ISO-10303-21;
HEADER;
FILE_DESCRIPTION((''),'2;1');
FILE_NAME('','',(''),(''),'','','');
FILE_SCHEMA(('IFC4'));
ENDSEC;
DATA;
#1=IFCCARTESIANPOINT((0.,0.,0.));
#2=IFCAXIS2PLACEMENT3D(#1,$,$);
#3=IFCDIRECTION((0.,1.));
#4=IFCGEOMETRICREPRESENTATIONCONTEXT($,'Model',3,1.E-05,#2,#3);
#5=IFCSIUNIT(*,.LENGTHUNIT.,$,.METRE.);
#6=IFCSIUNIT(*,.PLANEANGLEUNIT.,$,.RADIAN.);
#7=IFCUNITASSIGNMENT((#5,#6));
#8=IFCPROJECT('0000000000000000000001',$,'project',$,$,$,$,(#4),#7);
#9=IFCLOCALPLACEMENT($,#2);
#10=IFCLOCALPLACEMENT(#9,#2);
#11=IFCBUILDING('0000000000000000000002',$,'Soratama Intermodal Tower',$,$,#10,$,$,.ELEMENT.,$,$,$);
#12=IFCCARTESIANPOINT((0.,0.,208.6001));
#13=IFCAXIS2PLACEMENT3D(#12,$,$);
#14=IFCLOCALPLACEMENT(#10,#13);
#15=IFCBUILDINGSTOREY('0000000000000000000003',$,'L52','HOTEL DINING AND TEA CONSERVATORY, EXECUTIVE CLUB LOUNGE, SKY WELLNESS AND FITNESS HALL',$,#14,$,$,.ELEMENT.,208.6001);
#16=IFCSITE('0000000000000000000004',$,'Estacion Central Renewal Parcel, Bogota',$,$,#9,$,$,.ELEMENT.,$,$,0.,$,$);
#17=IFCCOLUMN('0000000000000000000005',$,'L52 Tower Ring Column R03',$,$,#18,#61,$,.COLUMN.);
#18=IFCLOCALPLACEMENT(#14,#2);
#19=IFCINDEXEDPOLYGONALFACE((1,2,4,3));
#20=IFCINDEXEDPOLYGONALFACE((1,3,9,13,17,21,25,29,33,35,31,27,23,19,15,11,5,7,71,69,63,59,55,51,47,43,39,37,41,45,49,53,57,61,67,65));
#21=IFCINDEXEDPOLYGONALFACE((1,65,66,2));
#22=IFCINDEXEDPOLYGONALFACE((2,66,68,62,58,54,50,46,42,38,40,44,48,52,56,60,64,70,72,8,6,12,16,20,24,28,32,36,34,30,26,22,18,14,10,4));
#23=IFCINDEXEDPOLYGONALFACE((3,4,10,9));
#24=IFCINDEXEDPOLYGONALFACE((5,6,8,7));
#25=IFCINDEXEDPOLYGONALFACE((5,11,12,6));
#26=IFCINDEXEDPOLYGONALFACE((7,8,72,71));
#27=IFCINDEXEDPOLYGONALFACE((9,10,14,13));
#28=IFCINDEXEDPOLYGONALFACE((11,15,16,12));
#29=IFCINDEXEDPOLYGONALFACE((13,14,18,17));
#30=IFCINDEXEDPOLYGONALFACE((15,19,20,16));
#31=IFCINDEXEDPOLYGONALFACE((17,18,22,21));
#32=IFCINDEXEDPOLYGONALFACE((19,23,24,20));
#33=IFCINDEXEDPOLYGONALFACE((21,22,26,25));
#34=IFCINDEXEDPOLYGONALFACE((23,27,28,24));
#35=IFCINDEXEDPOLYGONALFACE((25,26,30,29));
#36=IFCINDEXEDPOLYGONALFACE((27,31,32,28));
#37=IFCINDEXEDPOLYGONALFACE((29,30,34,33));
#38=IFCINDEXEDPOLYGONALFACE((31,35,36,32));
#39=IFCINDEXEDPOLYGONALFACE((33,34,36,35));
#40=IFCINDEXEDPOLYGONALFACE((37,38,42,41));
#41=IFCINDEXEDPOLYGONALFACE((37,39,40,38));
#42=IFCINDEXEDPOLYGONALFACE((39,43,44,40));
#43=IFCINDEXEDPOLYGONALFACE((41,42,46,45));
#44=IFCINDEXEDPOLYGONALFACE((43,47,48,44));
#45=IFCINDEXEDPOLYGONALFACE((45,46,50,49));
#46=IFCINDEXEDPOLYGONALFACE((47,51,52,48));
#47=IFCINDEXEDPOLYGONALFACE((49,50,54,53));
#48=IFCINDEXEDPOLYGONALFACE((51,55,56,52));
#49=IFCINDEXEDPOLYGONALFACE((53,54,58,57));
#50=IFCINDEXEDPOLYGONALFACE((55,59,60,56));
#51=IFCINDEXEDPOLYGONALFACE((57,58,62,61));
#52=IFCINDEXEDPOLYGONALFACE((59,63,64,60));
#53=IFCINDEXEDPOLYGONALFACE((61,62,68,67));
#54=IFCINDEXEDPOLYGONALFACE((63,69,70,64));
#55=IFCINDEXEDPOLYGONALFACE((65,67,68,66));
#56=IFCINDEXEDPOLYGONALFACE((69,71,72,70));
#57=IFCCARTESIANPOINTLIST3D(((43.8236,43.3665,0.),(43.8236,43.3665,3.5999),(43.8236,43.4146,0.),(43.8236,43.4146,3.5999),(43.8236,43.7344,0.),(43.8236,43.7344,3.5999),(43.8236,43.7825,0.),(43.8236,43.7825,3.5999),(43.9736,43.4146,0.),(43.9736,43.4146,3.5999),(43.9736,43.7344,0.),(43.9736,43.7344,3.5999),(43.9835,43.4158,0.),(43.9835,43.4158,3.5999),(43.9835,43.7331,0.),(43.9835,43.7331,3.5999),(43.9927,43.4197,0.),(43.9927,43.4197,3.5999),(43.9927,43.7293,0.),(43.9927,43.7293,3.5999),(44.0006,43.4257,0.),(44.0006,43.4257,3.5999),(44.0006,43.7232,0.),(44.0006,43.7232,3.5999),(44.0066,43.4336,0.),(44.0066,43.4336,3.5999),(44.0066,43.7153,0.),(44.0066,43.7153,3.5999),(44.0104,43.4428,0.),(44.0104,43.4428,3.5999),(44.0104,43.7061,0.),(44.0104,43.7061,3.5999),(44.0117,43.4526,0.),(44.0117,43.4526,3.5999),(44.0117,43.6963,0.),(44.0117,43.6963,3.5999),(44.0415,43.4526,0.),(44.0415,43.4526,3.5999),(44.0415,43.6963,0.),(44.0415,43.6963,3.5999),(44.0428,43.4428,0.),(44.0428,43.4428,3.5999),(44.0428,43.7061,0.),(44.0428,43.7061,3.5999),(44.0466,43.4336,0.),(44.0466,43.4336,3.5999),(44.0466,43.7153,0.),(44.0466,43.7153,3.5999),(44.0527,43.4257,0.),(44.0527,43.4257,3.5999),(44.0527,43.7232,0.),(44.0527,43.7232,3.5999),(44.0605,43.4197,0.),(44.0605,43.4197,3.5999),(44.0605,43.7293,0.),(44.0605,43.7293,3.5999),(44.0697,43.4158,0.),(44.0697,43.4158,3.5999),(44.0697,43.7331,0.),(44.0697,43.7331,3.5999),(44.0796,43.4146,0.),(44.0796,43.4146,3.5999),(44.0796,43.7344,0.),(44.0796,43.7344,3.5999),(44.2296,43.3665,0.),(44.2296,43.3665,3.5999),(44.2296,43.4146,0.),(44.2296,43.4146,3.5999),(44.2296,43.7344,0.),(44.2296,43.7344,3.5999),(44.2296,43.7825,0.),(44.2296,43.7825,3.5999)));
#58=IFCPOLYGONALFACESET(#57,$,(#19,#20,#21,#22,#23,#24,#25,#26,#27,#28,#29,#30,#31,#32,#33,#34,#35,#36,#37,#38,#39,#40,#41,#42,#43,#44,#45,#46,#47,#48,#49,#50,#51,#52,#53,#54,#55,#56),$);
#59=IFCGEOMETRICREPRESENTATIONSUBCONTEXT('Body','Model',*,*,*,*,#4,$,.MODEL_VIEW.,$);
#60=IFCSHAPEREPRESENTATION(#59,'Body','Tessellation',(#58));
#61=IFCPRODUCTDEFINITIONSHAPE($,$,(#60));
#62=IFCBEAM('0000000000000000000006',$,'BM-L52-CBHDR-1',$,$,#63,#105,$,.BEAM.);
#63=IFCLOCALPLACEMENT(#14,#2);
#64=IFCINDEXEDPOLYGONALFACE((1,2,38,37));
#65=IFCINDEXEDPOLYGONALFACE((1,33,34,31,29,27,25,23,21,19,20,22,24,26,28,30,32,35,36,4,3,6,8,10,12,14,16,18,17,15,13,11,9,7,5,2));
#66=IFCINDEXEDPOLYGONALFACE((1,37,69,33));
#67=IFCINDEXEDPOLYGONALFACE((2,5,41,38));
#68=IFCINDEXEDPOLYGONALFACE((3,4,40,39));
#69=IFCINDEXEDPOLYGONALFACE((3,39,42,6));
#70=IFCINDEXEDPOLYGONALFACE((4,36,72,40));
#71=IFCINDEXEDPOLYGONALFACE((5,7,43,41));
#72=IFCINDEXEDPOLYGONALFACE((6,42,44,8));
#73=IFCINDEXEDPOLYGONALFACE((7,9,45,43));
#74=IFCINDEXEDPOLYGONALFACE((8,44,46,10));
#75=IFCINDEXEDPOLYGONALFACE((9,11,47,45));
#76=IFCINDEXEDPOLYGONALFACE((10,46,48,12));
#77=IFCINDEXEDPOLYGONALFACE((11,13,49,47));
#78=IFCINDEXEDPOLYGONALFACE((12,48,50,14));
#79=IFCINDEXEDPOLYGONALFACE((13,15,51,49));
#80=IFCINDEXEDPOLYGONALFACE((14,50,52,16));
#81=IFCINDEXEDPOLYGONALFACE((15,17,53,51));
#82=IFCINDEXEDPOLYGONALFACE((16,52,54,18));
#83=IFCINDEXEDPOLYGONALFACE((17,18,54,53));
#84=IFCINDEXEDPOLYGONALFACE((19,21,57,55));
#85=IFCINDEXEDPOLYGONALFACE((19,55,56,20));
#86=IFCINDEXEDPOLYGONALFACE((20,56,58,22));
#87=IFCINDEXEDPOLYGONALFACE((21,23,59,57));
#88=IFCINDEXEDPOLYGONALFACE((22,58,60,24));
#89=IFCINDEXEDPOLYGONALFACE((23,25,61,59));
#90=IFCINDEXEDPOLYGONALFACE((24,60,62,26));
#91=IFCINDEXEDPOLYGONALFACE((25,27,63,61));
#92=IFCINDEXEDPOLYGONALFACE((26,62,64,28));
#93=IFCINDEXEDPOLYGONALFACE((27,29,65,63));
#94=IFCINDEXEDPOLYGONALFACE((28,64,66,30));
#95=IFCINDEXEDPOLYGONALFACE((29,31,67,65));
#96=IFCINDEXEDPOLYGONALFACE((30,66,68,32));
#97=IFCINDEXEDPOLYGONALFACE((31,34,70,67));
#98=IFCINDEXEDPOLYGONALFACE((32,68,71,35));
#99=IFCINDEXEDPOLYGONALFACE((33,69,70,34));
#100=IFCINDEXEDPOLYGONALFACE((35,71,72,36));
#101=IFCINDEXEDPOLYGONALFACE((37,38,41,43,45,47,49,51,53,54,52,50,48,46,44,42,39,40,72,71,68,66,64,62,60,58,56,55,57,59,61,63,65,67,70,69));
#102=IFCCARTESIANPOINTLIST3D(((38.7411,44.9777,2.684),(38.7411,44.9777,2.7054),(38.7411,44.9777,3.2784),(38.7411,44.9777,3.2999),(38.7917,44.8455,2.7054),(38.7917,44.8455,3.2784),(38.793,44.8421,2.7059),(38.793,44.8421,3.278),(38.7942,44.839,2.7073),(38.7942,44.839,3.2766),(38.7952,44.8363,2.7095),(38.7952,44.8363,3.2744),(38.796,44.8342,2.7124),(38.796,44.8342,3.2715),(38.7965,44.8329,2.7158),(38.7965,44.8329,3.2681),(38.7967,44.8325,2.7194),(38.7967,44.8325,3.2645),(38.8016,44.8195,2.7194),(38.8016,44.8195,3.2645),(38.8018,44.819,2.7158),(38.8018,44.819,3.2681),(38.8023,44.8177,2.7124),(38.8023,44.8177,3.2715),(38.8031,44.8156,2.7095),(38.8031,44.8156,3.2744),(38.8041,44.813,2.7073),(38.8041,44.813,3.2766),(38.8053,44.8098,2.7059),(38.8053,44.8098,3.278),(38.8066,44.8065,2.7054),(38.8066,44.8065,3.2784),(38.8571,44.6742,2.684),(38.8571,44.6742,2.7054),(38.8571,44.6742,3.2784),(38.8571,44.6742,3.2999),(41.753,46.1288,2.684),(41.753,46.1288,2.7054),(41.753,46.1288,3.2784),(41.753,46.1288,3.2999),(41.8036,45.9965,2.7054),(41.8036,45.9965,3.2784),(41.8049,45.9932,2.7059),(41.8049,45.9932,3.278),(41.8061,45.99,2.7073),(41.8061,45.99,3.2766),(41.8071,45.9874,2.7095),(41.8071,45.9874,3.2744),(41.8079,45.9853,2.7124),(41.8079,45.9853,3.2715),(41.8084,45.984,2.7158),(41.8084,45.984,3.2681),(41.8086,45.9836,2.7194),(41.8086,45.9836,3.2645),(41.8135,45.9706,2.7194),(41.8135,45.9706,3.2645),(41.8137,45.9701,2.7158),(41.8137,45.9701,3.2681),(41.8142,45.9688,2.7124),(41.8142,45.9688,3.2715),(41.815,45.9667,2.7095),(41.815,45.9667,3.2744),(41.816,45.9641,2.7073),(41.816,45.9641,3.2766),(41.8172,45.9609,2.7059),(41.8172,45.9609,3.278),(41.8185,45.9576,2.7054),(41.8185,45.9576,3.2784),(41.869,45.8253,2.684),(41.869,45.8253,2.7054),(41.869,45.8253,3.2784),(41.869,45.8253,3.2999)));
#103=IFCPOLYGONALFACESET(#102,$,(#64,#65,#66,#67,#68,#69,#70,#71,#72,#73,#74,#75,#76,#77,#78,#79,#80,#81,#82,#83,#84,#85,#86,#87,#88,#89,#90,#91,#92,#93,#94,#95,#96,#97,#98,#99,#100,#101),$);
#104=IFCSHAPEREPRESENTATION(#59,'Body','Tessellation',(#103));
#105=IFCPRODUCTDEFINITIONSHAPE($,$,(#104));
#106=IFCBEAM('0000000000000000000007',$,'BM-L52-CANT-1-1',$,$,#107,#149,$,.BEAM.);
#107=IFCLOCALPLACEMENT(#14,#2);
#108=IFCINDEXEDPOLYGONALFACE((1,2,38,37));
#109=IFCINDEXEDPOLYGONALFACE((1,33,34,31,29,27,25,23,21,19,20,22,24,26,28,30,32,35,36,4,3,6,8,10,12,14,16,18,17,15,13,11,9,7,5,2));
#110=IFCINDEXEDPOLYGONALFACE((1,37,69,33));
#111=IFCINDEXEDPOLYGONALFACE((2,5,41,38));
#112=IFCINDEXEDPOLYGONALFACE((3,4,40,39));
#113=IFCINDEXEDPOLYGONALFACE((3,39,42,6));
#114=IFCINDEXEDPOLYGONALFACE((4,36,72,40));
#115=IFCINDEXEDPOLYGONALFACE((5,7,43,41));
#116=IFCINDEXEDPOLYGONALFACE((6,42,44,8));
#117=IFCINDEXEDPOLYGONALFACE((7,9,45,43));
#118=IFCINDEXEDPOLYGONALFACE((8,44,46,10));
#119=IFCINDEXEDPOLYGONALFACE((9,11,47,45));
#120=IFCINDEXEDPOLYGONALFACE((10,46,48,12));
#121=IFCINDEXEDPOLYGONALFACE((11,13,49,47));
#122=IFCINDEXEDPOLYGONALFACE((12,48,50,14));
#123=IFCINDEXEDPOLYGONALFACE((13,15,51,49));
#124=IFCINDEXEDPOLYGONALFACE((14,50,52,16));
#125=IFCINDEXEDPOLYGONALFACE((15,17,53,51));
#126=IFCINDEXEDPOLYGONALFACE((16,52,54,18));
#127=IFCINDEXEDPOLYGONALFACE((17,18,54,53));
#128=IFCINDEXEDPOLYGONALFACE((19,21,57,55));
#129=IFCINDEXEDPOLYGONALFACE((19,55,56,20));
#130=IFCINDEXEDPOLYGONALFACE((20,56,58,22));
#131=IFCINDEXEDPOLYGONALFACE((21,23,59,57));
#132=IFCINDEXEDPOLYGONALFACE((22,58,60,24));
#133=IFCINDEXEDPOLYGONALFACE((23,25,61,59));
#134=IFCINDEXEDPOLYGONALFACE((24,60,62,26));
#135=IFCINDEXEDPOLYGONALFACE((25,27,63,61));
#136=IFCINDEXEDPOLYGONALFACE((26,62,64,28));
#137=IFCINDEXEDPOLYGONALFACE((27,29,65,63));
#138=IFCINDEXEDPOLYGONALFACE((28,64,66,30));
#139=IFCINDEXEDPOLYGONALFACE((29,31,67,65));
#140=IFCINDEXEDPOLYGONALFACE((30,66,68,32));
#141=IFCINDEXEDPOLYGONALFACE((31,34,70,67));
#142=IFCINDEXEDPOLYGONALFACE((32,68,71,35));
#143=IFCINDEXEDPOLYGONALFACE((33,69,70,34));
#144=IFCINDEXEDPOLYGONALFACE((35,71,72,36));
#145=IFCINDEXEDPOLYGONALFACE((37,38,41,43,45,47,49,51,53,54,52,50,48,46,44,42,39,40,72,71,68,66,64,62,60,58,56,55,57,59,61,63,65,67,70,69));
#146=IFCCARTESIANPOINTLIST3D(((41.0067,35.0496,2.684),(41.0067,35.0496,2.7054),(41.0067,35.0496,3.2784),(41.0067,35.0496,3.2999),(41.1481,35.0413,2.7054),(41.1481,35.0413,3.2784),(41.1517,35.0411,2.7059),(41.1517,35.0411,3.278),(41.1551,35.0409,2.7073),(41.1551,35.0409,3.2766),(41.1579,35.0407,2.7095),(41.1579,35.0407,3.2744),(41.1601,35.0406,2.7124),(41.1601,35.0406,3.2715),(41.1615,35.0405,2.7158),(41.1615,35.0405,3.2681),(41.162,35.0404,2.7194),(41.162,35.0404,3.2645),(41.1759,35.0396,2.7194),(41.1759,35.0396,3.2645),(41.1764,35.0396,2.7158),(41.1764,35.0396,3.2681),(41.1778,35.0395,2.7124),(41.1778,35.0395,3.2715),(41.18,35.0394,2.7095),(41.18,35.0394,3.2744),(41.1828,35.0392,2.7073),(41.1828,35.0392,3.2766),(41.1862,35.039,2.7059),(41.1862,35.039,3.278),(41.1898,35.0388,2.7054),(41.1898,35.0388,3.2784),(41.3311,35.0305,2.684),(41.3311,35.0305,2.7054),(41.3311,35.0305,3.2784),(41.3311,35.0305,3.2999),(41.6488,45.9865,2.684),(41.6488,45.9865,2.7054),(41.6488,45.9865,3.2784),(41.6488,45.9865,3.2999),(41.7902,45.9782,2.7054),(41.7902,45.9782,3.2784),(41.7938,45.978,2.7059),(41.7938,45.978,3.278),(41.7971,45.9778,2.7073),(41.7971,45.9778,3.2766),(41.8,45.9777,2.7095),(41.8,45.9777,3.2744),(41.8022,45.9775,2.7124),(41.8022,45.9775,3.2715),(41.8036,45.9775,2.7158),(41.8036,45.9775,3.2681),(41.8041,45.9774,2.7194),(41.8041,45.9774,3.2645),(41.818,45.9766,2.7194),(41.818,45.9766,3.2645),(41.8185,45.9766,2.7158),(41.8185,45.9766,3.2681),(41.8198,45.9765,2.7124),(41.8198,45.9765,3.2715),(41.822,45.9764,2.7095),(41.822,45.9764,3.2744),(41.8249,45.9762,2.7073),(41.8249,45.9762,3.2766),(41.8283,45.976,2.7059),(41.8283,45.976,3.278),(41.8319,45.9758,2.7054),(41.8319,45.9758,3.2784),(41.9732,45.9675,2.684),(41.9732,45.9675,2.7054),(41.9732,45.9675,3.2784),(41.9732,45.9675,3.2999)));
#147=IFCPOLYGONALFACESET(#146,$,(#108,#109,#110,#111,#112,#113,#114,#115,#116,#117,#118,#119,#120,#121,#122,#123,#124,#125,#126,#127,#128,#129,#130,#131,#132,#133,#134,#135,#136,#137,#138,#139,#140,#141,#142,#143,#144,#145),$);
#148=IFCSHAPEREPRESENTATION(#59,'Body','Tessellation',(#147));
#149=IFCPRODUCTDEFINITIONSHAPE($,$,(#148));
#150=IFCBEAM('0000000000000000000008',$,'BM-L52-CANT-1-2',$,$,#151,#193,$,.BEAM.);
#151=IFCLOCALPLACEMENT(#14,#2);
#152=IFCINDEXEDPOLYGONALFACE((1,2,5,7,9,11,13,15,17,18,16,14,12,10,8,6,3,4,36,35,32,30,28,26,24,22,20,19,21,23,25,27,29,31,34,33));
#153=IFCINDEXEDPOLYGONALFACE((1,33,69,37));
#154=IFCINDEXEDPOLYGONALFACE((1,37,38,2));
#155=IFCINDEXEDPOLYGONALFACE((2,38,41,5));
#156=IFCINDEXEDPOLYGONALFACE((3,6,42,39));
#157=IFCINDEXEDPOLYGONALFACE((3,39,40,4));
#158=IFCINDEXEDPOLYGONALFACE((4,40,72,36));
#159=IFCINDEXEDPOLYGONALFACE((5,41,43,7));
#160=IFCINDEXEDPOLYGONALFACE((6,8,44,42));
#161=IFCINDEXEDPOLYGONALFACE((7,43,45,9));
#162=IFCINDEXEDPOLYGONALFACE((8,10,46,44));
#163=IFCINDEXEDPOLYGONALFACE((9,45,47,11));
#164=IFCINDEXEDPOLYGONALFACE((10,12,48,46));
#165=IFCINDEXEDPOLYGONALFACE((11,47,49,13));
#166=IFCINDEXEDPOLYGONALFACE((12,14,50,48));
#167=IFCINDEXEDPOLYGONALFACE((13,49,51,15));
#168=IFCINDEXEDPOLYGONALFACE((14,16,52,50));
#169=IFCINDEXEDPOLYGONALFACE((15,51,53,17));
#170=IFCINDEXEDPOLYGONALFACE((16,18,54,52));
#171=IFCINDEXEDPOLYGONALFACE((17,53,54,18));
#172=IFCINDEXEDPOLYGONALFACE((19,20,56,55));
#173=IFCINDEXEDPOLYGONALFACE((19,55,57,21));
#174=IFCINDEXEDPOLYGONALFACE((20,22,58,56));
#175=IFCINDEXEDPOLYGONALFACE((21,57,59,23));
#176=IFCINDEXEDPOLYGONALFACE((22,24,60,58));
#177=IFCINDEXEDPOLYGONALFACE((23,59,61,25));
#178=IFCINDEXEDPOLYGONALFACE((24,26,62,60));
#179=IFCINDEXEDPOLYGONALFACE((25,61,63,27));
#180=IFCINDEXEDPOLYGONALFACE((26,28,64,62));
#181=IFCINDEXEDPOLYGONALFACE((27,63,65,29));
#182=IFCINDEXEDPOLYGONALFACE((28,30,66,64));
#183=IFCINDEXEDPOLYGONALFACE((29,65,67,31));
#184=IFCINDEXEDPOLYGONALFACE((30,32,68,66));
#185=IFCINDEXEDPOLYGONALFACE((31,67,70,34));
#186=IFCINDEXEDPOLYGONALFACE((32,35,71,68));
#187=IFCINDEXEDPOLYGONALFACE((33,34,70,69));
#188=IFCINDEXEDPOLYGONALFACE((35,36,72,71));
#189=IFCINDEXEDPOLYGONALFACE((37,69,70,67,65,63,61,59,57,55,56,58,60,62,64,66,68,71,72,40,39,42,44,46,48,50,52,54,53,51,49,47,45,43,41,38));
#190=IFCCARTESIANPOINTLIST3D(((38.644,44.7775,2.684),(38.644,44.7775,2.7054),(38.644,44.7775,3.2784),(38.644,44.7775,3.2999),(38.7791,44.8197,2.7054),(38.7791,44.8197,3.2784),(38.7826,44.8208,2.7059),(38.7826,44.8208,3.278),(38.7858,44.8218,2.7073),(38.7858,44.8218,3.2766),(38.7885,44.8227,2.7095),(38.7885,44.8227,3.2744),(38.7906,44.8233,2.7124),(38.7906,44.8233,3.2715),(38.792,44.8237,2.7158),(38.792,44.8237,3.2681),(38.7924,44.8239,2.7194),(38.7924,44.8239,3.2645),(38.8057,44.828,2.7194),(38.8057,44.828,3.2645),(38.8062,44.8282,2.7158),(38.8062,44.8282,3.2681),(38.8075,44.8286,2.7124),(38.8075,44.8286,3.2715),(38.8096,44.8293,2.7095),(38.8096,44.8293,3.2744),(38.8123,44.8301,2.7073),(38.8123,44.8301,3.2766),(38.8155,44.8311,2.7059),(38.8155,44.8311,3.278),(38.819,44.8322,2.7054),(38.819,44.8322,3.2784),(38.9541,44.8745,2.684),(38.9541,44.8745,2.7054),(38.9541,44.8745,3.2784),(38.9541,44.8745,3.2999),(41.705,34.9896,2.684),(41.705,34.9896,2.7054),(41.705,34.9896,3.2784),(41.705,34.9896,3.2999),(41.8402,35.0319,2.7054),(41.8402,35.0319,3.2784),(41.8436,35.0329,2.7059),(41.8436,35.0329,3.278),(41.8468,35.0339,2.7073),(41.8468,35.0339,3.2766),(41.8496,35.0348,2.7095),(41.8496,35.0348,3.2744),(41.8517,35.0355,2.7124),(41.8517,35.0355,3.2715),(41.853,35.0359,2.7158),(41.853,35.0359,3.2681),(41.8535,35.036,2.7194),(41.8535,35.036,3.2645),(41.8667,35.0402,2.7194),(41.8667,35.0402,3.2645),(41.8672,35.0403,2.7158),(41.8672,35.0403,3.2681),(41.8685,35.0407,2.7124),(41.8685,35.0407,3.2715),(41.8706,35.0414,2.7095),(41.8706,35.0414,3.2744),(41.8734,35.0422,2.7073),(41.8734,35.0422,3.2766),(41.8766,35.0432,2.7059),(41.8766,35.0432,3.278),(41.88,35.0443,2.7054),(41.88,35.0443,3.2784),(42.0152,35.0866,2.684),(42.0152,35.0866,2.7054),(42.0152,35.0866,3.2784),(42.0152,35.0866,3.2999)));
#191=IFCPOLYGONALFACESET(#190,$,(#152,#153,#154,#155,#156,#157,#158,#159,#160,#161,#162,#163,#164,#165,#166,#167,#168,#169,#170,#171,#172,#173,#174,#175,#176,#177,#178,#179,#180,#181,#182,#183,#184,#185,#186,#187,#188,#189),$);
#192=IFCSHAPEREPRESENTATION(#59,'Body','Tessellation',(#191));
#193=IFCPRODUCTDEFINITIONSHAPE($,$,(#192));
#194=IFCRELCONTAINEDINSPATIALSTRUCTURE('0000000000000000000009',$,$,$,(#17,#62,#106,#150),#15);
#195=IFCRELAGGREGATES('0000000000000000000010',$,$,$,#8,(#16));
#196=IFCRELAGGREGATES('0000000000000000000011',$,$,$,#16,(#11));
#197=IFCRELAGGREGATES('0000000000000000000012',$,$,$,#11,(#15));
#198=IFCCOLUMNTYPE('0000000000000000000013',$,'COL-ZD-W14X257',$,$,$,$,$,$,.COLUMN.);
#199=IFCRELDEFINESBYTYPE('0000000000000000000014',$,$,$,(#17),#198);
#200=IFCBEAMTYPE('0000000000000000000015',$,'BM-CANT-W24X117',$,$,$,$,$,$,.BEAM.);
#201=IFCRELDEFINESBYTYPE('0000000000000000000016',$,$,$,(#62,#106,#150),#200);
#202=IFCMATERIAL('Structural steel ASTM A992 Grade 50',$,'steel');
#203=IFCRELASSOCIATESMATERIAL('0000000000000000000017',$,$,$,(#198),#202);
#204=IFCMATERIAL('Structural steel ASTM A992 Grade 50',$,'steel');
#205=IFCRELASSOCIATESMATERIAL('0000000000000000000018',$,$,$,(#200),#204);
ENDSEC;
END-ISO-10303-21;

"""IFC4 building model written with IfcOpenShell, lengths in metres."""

from ifc_helpers import new_model, si_unit, direction, frame, origin, origin_2d, place, context, subcontext, project, spatial, i_section, extrude, material, material_profile, profile_set, type_object, element, save


model = new_model("IFC4")

# Units and contexts
model_context = context("Model", 3, precision=1e-05, world=origin(), true_north=direction((0.0, 1.0)))
body_context = subcontext(model_context, "Body", "Model", "MODEL_VIEW")
ifc_project = project(units=[si_unit("LENGTHUNIT", "METRE"), si_unit("PLANEANGLEUNIT", "RADIAN")], contexts=[model_context])

# Site, building, storey
site_placement = place(None, origin())
site = spatial("IfcSite", under=ifc_project, at=site_placement, Name="Estacion Central Renewal Parcel, Bogota", CompositionType="ELEMENT", RefElevation=0.0)
building_placement = place(site_placement, origin())
building = spatial("IfcBuilding", under=site, at=building_placement, Name="Soratama Intermodal Tower", CompositionType="ELEMENT")
storey_placement = place(building_placement, frame((0.0, 0.0, 208.6001)))
storey = spatial("IfcBuildingStorey", under=building, at=storey_placement, Name="L52", Description="HOTEL DINING AND TEA CONSERVATORY, EXECUTIVE CLUB LOUNGE, SKY WELLNESS AND FITNESS HALL", CompositionType="ELEMENT", Elevation=208.6001)

# Column
ifc_material_1 = material(Name="Structural steel ASTM A992 Grade 50", Category="steel")
ifc_material_profile_1 = material_profile(ifc_material_1, i_section(OverallWidth=0.406, OverallDepth=0.416, WebThickness=0.0298, FlangeThickness=0.0481, FilletRadius=0.0381, at=origin_2d()), Name="W14X257")
ifc_profile_set_1 = profile_set([ifc_material_profile_1], Name="Structural steel ASTM A992 Grade 50")
column_type = type_object("IfcColumnType", Name="COL-ZD-W14X257", PredefinedType="COLUMN", material=ifc_profile_set_1)
column_placement = place(storey_placement, frame((44.0266, 43.5745, 0.0), z_axis=(0.0, 0.0, 1.0), x_axis=(1.0, 0.0, 0.0)))
element("IfcColumn", 1, at=column_placement, inside=storey, type_object=column_type, Name="L52 Tower Ring Column R03", PredefinedType="COLUMN", context=body_context, shape_type="SweptSolid", body=[
    extrude(i_section(OverallWidth=0.406, OverallDepth=0.416, WebThickness=0.0298, FlangeThickness=0.0481, FilletRadius=0.0381, at=origin_2d()), origin(), (0.0, 0.0, 1.0), 3.5999),
])

# Beams
ifc_material_2 = material(Name="Structural steel ASTM A992 Grade 50", Category="steel")
ifc_material_profile_2 = material_profile(ifc_material_2, i_section(OverallWidth=0.325, OverallDepth=0.616, WebThickness=0.0139, FlangeThickness=0.0215, FilletRadius=0.0139, at=origin_2d()), Name="W24X117")
ifc_profile_set_2 = profile_set([ifc_material_profile_2], Name="Structural steel ASTM A992 Grade 50")
beam_type_1 = type_object("IfcBeamType", Name="BM-CANT-W24X117", PredefinedType="BEAM", material=ifc_profile_set_2)
beam_1_placement = place(storey_placement, frame((41.811, 45.9771, 2.9919), z_axis=(-0.934105, -0.357, 0.0), x_axis=(0.357, -0.934105, 0.0)))
element("IfcBeam", 2, at=beam_1_placement, inside=storey, type_object=beam_type_1, Name="BM-L52-CBHDR-1", PredefinedType="BEAM", context=body_context, shape_type="SweptSolid", body=[
    extrude(i_section(OverallWidth=0.325, OverallDepth=0.616, WebThickness=0.0139, FlangeThickness=0.0215, FilletRadius=0.0139, at=origin_2d()), origin(), (0.0, 0.0, 1.0), 3.2244),
])
beam_2_placement = place(storey_placement, frame((41.1689, 35.04, 2.9919), z_axis=(0.058607, 0.998281, 0.0), x_axis=(-0.998281, 0.058607, 0.0)))
element("IfcBeam", 3, at=beam_2_placement, inside=storey, type_object=beam_type_1, Name="BM-L52-CANT-1-1", PredefinedType="BEAM", context=body_context, shape_type="SweptSolid", body=[
    extrude(i_section(OverallWidth=0.325, OverallDepth=0.616, WebThickness=0.0139, FlangeThickness=0.0215, FilletRadius=0.0139, at=origin_2d()), origin(), (0.0, 0.0, 1.0), 10.9558),
])
beam_3_placement = place(storey_placement, frame((41.8601, 35.0381, 2.9919), z_axis=(-0.298482, 0.954415, 0.0), x_axis=(-0.954415, -0.298482, 0.0)))
element("IfcBeam", 4, at=beam_3_placement, inside=storey, type_object=beam_type_1, Name="BM-L52-CANT-1-2", PredefinedType="BEAM", context=body_context, shape_type="SweptSolid", body=[
    extrude(i_section(OverallWidth=0.325, OverallDepth=0.616, WebThickness=0.0139, FlangeThickness=0.0215, FilletRadius=0.0139, at=origin_2d()), origin(), (0.0, 0.0, 1.0), 10.2554),
])

save(model, "model.ifc")
